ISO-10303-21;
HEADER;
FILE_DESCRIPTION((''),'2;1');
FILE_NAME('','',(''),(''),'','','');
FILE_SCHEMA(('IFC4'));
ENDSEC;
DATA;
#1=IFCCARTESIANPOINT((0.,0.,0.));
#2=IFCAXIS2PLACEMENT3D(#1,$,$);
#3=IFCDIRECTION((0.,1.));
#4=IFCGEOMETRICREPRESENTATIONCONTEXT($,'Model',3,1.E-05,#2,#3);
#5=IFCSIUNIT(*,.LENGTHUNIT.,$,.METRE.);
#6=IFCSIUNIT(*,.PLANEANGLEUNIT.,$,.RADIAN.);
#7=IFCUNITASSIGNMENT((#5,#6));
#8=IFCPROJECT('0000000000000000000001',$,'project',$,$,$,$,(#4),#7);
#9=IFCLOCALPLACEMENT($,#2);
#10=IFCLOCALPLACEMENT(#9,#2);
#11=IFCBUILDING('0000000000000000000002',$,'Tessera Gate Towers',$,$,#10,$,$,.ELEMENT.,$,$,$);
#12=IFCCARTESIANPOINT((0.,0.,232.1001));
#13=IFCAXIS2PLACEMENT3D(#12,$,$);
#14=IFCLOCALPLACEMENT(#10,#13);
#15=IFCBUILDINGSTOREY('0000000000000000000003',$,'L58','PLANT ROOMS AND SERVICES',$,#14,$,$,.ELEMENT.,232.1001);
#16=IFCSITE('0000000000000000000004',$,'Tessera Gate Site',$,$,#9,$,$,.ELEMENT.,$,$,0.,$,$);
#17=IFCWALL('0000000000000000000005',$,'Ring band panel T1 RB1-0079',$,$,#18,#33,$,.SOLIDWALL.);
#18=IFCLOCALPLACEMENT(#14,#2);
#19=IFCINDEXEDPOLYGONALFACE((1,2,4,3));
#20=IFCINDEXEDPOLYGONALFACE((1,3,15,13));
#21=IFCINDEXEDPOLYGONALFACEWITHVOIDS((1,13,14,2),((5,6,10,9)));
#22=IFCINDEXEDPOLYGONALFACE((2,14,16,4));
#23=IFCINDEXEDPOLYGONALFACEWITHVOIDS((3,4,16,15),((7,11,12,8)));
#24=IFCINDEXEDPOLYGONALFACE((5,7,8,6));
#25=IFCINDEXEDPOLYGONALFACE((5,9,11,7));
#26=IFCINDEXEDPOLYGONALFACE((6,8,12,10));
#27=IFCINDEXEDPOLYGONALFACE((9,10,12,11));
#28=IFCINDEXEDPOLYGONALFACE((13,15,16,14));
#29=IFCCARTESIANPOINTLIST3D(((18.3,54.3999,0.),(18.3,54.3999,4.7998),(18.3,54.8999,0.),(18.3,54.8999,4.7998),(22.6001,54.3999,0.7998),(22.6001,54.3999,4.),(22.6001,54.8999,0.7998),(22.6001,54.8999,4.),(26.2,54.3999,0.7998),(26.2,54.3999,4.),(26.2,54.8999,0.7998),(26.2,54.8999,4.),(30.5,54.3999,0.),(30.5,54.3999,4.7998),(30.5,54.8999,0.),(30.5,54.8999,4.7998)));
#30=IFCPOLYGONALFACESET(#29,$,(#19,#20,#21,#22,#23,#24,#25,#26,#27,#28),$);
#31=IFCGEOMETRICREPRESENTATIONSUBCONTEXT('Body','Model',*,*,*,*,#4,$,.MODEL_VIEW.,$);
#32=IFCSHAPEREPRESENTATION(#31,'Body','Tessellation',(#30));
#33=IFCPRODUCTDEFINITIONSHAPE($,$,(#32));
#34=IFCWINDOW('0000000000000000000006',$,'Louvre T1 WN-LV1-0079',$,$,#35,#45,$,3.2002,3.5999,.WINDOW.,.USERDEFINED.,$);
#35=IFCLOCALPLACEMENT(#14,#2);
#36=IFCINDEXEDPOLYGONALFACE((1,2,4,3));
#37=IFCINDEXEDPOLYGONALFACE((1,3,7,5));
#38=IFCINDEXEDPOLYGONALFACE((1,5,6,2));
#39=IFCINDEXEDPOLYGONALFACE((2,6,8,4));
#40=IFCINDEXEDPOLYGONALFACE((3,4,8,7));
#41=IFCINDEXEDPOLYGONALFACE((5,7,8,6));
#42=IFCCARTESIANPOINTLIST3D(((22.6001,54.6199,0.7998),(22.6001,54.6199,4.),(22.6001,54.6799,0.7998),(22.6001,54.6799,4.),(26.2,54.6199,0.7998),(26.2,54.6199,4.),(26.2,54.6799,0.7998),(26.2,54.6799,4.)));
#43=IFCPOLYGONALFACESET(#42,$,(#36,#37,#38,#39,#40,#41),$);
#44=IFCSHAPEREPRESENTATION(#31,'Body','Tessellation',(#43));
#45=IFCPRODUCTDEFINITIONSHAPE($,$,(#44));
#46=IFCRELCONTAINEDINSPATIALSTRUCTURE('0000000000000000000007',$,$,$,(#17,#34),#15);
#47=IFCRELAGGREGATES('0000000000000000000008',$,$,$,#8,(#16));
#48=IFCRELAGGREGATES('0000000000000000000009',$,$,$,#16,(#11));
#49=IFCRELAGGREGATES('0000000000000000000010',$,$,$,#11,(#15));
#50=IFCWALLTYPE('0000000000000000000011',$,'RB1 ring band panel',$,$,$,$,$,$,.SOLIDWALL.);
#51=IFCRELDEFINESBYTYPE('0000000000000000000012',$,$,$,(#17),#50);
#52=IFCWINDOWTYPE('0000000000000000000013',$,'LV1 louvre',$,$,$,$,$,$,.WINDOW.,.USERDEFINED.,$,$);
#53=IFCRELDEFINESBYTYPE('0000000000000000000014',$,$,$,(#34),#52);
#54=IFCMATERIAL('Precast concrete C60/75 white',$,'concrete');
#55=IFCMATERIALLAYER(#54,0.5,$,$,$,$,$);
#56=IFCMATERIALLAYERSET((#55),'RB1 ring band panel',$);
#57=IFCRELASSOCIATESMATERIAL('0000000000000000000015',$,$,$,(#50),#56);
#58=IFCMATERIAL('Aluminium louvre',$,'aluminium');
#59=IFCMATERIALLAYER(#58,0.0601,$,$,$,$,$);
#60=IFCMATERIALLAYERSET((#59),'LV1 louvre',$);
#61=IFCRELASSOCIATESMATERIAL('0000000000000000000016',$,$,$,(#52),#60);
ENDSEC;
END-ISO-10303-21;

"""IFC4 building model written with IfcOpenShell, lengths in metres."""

from ifc_helpers import new_model, si_unit, direction, frame, origin, place, context, subcontext, project, spatial, polyline, outline, extrude, source, transform, mapped, material, layer, layer_set, type_object, element, fill, save


model = new_model("IFC4")

# Units and contexts
model_context = context("Model", 3, precision=1e-05, world=origin(), true_north=direction((0.0, 1.0)))
body_context = subcontext(model_context, "Body", "Model", "MODEL_VIEW")
ifc_project = project(units=[si_unit("LENGTHUNIT", "METRE"), si_unit("PLANEANGLEUNIT", "RADIAN")], contexts=[model_context])

# Site, building, storey
site_placement = place(None, origin())
site = spatial("IfcSite", under=ifc_project, at=site_placement, Name="Tessera Gate Site", CompositionType="ELEMENT", RefElevation=0.0)
building_placement = place(site_placement, origin())
building = spatial("IfcBuilding", under=site, at=building_placement, Name="Tessera Gate Towers", CompositionType="ELEMENT")
storey_placement = place(building_placement, frame((0.0, 0.0, 232.1001)))
storey = spatial("IfcBuildingStorey", under=building, at=storey_placement, Name="L58", Description="PLANT ROOMS AND SERVICES", CompositionType="ELEMENT", Elevation=232.1001)

# Wall, opening, window
ifc_material_1 = material(Name="Precast concrete C60/75 white", Category="concrete")
ifc_layer_1 = layer(ifc_material_1, 0.5)
ifc_layer_set_1 = layer_set([ifc_layer_1], Name="RB1 ring band panel")
wall_type_1 = type_object("IfcWallType", Name="RB1 ring band panel", PredefinedType="SOLIDWALL", material=ifc_layer_set_1)
shared_shape_1 = source(origin(), body_context, "Body", "SweptSolid", [
    extrude(outline(polyline([(0.0, 0.0), (12.2, 0.0), (12.2, 4.7998), (0.0, 4.7998), (0.0, 0.0)])), frame((0.0, 0.25, 0.0), z_axis=(0.0, -1.0, 0.0), x_axis=(1.0, 0.0, 0.0)), (0.0, 0.0, 1.0), 0.5),
])
wall_1_placement = place(storey_placement, frame((30.5, 54.6499, 0.0), z_axis=(0.0, 0.0, 1.0), x_axis=(-1.0, 0.0, 0.0)))
wall_1 = element("IfcWall", 1, at=wall_1_placement, inside=storey, type_object=wall_type_1, Name="Ring band panel T1 RB1-0079", PredefinedType="SOLIDWALL", context=body_context, shape_type="MappedRepresentation", body=[
    mapped(shared_shape_1, transform((0.0, 0.0, 0.0), scale=1.0)),
])
shared_shape_2 = source(origin(), body_context, "Body", "SweptSolid", [
    extrude(outline(polyline([(4.3, 0.7998), (7.8999, 0.7998), (7.8999, 4.0), (4.3, 4.0), (4.3, 0.7998)])), frame((0.0, 0.26, 0.0), z_axis=(0.0, -1.0, 0.0), x_axis=(1.0, 0.0, 0.0)), (0.0, 0.0, 1.0), 0.52),
])
opening_1_placement = place(wall_1_placement, origin())
opening_1 = element("IfcOpeningElement", 2, at=opening_1_placement, cuts=wall_1, PredefinedType="OPENING", context=body_context, shape_type="MappedRepresentation", body=[
    mapped(shared_shape_2, transform((0.0, 0.0, 0.0), scale=1.0)),
])
ifc_material_2 = material(Name="Aluminium louvre", Category="aluminium")
ifc_layer_2 = layer(ifc_material_2, 0.0601)
ifc_layer_set_2 = layer_set([ifc_layer_2], Name="LV1 louvre")
window_type = type_object("IfcWindowType", Name="LV1 louvre", PartitioningType="USERDEFINED", PredefinedType="WINDOW", material=ifc_layer_set_2)
shared_shape_3 = source(origin(), body_context, "Body", "SweptSolid", [
    extrude(outline(polyline([(4.3, 0.7998), (7.8999, 0.7998), (7.8999, 4.0), (4.3, 4.0), (4.3, 0.7998)])), frame((0.0, 0.03, 0.0), z_axis=(0.0, -1.0, 0.0), x_axis=(1.0, 0.0, 0.0)), (0.0, 0.0, 1.0), 0.0601),
])
window_placement = place(opening_1_placement, origin())
window = element("IfcWindow", 3, at=window_placement, inside=storey, type_object=window_type, Name="Louvre T1 WN-LV1-0079", OverallHeight=3.2002, OverallWidth=3.5999, PartitioningType="USERDEFINED", PredefinedType="WINDOW", context=body_context, shape_type="MappedRepresentation", body=[
    mapped(shared_shape_3, transform((0.0, 0.0, 0.0), scale=1.0)),
])
fill(opening_1, window)

save(model, "model.ifc")
